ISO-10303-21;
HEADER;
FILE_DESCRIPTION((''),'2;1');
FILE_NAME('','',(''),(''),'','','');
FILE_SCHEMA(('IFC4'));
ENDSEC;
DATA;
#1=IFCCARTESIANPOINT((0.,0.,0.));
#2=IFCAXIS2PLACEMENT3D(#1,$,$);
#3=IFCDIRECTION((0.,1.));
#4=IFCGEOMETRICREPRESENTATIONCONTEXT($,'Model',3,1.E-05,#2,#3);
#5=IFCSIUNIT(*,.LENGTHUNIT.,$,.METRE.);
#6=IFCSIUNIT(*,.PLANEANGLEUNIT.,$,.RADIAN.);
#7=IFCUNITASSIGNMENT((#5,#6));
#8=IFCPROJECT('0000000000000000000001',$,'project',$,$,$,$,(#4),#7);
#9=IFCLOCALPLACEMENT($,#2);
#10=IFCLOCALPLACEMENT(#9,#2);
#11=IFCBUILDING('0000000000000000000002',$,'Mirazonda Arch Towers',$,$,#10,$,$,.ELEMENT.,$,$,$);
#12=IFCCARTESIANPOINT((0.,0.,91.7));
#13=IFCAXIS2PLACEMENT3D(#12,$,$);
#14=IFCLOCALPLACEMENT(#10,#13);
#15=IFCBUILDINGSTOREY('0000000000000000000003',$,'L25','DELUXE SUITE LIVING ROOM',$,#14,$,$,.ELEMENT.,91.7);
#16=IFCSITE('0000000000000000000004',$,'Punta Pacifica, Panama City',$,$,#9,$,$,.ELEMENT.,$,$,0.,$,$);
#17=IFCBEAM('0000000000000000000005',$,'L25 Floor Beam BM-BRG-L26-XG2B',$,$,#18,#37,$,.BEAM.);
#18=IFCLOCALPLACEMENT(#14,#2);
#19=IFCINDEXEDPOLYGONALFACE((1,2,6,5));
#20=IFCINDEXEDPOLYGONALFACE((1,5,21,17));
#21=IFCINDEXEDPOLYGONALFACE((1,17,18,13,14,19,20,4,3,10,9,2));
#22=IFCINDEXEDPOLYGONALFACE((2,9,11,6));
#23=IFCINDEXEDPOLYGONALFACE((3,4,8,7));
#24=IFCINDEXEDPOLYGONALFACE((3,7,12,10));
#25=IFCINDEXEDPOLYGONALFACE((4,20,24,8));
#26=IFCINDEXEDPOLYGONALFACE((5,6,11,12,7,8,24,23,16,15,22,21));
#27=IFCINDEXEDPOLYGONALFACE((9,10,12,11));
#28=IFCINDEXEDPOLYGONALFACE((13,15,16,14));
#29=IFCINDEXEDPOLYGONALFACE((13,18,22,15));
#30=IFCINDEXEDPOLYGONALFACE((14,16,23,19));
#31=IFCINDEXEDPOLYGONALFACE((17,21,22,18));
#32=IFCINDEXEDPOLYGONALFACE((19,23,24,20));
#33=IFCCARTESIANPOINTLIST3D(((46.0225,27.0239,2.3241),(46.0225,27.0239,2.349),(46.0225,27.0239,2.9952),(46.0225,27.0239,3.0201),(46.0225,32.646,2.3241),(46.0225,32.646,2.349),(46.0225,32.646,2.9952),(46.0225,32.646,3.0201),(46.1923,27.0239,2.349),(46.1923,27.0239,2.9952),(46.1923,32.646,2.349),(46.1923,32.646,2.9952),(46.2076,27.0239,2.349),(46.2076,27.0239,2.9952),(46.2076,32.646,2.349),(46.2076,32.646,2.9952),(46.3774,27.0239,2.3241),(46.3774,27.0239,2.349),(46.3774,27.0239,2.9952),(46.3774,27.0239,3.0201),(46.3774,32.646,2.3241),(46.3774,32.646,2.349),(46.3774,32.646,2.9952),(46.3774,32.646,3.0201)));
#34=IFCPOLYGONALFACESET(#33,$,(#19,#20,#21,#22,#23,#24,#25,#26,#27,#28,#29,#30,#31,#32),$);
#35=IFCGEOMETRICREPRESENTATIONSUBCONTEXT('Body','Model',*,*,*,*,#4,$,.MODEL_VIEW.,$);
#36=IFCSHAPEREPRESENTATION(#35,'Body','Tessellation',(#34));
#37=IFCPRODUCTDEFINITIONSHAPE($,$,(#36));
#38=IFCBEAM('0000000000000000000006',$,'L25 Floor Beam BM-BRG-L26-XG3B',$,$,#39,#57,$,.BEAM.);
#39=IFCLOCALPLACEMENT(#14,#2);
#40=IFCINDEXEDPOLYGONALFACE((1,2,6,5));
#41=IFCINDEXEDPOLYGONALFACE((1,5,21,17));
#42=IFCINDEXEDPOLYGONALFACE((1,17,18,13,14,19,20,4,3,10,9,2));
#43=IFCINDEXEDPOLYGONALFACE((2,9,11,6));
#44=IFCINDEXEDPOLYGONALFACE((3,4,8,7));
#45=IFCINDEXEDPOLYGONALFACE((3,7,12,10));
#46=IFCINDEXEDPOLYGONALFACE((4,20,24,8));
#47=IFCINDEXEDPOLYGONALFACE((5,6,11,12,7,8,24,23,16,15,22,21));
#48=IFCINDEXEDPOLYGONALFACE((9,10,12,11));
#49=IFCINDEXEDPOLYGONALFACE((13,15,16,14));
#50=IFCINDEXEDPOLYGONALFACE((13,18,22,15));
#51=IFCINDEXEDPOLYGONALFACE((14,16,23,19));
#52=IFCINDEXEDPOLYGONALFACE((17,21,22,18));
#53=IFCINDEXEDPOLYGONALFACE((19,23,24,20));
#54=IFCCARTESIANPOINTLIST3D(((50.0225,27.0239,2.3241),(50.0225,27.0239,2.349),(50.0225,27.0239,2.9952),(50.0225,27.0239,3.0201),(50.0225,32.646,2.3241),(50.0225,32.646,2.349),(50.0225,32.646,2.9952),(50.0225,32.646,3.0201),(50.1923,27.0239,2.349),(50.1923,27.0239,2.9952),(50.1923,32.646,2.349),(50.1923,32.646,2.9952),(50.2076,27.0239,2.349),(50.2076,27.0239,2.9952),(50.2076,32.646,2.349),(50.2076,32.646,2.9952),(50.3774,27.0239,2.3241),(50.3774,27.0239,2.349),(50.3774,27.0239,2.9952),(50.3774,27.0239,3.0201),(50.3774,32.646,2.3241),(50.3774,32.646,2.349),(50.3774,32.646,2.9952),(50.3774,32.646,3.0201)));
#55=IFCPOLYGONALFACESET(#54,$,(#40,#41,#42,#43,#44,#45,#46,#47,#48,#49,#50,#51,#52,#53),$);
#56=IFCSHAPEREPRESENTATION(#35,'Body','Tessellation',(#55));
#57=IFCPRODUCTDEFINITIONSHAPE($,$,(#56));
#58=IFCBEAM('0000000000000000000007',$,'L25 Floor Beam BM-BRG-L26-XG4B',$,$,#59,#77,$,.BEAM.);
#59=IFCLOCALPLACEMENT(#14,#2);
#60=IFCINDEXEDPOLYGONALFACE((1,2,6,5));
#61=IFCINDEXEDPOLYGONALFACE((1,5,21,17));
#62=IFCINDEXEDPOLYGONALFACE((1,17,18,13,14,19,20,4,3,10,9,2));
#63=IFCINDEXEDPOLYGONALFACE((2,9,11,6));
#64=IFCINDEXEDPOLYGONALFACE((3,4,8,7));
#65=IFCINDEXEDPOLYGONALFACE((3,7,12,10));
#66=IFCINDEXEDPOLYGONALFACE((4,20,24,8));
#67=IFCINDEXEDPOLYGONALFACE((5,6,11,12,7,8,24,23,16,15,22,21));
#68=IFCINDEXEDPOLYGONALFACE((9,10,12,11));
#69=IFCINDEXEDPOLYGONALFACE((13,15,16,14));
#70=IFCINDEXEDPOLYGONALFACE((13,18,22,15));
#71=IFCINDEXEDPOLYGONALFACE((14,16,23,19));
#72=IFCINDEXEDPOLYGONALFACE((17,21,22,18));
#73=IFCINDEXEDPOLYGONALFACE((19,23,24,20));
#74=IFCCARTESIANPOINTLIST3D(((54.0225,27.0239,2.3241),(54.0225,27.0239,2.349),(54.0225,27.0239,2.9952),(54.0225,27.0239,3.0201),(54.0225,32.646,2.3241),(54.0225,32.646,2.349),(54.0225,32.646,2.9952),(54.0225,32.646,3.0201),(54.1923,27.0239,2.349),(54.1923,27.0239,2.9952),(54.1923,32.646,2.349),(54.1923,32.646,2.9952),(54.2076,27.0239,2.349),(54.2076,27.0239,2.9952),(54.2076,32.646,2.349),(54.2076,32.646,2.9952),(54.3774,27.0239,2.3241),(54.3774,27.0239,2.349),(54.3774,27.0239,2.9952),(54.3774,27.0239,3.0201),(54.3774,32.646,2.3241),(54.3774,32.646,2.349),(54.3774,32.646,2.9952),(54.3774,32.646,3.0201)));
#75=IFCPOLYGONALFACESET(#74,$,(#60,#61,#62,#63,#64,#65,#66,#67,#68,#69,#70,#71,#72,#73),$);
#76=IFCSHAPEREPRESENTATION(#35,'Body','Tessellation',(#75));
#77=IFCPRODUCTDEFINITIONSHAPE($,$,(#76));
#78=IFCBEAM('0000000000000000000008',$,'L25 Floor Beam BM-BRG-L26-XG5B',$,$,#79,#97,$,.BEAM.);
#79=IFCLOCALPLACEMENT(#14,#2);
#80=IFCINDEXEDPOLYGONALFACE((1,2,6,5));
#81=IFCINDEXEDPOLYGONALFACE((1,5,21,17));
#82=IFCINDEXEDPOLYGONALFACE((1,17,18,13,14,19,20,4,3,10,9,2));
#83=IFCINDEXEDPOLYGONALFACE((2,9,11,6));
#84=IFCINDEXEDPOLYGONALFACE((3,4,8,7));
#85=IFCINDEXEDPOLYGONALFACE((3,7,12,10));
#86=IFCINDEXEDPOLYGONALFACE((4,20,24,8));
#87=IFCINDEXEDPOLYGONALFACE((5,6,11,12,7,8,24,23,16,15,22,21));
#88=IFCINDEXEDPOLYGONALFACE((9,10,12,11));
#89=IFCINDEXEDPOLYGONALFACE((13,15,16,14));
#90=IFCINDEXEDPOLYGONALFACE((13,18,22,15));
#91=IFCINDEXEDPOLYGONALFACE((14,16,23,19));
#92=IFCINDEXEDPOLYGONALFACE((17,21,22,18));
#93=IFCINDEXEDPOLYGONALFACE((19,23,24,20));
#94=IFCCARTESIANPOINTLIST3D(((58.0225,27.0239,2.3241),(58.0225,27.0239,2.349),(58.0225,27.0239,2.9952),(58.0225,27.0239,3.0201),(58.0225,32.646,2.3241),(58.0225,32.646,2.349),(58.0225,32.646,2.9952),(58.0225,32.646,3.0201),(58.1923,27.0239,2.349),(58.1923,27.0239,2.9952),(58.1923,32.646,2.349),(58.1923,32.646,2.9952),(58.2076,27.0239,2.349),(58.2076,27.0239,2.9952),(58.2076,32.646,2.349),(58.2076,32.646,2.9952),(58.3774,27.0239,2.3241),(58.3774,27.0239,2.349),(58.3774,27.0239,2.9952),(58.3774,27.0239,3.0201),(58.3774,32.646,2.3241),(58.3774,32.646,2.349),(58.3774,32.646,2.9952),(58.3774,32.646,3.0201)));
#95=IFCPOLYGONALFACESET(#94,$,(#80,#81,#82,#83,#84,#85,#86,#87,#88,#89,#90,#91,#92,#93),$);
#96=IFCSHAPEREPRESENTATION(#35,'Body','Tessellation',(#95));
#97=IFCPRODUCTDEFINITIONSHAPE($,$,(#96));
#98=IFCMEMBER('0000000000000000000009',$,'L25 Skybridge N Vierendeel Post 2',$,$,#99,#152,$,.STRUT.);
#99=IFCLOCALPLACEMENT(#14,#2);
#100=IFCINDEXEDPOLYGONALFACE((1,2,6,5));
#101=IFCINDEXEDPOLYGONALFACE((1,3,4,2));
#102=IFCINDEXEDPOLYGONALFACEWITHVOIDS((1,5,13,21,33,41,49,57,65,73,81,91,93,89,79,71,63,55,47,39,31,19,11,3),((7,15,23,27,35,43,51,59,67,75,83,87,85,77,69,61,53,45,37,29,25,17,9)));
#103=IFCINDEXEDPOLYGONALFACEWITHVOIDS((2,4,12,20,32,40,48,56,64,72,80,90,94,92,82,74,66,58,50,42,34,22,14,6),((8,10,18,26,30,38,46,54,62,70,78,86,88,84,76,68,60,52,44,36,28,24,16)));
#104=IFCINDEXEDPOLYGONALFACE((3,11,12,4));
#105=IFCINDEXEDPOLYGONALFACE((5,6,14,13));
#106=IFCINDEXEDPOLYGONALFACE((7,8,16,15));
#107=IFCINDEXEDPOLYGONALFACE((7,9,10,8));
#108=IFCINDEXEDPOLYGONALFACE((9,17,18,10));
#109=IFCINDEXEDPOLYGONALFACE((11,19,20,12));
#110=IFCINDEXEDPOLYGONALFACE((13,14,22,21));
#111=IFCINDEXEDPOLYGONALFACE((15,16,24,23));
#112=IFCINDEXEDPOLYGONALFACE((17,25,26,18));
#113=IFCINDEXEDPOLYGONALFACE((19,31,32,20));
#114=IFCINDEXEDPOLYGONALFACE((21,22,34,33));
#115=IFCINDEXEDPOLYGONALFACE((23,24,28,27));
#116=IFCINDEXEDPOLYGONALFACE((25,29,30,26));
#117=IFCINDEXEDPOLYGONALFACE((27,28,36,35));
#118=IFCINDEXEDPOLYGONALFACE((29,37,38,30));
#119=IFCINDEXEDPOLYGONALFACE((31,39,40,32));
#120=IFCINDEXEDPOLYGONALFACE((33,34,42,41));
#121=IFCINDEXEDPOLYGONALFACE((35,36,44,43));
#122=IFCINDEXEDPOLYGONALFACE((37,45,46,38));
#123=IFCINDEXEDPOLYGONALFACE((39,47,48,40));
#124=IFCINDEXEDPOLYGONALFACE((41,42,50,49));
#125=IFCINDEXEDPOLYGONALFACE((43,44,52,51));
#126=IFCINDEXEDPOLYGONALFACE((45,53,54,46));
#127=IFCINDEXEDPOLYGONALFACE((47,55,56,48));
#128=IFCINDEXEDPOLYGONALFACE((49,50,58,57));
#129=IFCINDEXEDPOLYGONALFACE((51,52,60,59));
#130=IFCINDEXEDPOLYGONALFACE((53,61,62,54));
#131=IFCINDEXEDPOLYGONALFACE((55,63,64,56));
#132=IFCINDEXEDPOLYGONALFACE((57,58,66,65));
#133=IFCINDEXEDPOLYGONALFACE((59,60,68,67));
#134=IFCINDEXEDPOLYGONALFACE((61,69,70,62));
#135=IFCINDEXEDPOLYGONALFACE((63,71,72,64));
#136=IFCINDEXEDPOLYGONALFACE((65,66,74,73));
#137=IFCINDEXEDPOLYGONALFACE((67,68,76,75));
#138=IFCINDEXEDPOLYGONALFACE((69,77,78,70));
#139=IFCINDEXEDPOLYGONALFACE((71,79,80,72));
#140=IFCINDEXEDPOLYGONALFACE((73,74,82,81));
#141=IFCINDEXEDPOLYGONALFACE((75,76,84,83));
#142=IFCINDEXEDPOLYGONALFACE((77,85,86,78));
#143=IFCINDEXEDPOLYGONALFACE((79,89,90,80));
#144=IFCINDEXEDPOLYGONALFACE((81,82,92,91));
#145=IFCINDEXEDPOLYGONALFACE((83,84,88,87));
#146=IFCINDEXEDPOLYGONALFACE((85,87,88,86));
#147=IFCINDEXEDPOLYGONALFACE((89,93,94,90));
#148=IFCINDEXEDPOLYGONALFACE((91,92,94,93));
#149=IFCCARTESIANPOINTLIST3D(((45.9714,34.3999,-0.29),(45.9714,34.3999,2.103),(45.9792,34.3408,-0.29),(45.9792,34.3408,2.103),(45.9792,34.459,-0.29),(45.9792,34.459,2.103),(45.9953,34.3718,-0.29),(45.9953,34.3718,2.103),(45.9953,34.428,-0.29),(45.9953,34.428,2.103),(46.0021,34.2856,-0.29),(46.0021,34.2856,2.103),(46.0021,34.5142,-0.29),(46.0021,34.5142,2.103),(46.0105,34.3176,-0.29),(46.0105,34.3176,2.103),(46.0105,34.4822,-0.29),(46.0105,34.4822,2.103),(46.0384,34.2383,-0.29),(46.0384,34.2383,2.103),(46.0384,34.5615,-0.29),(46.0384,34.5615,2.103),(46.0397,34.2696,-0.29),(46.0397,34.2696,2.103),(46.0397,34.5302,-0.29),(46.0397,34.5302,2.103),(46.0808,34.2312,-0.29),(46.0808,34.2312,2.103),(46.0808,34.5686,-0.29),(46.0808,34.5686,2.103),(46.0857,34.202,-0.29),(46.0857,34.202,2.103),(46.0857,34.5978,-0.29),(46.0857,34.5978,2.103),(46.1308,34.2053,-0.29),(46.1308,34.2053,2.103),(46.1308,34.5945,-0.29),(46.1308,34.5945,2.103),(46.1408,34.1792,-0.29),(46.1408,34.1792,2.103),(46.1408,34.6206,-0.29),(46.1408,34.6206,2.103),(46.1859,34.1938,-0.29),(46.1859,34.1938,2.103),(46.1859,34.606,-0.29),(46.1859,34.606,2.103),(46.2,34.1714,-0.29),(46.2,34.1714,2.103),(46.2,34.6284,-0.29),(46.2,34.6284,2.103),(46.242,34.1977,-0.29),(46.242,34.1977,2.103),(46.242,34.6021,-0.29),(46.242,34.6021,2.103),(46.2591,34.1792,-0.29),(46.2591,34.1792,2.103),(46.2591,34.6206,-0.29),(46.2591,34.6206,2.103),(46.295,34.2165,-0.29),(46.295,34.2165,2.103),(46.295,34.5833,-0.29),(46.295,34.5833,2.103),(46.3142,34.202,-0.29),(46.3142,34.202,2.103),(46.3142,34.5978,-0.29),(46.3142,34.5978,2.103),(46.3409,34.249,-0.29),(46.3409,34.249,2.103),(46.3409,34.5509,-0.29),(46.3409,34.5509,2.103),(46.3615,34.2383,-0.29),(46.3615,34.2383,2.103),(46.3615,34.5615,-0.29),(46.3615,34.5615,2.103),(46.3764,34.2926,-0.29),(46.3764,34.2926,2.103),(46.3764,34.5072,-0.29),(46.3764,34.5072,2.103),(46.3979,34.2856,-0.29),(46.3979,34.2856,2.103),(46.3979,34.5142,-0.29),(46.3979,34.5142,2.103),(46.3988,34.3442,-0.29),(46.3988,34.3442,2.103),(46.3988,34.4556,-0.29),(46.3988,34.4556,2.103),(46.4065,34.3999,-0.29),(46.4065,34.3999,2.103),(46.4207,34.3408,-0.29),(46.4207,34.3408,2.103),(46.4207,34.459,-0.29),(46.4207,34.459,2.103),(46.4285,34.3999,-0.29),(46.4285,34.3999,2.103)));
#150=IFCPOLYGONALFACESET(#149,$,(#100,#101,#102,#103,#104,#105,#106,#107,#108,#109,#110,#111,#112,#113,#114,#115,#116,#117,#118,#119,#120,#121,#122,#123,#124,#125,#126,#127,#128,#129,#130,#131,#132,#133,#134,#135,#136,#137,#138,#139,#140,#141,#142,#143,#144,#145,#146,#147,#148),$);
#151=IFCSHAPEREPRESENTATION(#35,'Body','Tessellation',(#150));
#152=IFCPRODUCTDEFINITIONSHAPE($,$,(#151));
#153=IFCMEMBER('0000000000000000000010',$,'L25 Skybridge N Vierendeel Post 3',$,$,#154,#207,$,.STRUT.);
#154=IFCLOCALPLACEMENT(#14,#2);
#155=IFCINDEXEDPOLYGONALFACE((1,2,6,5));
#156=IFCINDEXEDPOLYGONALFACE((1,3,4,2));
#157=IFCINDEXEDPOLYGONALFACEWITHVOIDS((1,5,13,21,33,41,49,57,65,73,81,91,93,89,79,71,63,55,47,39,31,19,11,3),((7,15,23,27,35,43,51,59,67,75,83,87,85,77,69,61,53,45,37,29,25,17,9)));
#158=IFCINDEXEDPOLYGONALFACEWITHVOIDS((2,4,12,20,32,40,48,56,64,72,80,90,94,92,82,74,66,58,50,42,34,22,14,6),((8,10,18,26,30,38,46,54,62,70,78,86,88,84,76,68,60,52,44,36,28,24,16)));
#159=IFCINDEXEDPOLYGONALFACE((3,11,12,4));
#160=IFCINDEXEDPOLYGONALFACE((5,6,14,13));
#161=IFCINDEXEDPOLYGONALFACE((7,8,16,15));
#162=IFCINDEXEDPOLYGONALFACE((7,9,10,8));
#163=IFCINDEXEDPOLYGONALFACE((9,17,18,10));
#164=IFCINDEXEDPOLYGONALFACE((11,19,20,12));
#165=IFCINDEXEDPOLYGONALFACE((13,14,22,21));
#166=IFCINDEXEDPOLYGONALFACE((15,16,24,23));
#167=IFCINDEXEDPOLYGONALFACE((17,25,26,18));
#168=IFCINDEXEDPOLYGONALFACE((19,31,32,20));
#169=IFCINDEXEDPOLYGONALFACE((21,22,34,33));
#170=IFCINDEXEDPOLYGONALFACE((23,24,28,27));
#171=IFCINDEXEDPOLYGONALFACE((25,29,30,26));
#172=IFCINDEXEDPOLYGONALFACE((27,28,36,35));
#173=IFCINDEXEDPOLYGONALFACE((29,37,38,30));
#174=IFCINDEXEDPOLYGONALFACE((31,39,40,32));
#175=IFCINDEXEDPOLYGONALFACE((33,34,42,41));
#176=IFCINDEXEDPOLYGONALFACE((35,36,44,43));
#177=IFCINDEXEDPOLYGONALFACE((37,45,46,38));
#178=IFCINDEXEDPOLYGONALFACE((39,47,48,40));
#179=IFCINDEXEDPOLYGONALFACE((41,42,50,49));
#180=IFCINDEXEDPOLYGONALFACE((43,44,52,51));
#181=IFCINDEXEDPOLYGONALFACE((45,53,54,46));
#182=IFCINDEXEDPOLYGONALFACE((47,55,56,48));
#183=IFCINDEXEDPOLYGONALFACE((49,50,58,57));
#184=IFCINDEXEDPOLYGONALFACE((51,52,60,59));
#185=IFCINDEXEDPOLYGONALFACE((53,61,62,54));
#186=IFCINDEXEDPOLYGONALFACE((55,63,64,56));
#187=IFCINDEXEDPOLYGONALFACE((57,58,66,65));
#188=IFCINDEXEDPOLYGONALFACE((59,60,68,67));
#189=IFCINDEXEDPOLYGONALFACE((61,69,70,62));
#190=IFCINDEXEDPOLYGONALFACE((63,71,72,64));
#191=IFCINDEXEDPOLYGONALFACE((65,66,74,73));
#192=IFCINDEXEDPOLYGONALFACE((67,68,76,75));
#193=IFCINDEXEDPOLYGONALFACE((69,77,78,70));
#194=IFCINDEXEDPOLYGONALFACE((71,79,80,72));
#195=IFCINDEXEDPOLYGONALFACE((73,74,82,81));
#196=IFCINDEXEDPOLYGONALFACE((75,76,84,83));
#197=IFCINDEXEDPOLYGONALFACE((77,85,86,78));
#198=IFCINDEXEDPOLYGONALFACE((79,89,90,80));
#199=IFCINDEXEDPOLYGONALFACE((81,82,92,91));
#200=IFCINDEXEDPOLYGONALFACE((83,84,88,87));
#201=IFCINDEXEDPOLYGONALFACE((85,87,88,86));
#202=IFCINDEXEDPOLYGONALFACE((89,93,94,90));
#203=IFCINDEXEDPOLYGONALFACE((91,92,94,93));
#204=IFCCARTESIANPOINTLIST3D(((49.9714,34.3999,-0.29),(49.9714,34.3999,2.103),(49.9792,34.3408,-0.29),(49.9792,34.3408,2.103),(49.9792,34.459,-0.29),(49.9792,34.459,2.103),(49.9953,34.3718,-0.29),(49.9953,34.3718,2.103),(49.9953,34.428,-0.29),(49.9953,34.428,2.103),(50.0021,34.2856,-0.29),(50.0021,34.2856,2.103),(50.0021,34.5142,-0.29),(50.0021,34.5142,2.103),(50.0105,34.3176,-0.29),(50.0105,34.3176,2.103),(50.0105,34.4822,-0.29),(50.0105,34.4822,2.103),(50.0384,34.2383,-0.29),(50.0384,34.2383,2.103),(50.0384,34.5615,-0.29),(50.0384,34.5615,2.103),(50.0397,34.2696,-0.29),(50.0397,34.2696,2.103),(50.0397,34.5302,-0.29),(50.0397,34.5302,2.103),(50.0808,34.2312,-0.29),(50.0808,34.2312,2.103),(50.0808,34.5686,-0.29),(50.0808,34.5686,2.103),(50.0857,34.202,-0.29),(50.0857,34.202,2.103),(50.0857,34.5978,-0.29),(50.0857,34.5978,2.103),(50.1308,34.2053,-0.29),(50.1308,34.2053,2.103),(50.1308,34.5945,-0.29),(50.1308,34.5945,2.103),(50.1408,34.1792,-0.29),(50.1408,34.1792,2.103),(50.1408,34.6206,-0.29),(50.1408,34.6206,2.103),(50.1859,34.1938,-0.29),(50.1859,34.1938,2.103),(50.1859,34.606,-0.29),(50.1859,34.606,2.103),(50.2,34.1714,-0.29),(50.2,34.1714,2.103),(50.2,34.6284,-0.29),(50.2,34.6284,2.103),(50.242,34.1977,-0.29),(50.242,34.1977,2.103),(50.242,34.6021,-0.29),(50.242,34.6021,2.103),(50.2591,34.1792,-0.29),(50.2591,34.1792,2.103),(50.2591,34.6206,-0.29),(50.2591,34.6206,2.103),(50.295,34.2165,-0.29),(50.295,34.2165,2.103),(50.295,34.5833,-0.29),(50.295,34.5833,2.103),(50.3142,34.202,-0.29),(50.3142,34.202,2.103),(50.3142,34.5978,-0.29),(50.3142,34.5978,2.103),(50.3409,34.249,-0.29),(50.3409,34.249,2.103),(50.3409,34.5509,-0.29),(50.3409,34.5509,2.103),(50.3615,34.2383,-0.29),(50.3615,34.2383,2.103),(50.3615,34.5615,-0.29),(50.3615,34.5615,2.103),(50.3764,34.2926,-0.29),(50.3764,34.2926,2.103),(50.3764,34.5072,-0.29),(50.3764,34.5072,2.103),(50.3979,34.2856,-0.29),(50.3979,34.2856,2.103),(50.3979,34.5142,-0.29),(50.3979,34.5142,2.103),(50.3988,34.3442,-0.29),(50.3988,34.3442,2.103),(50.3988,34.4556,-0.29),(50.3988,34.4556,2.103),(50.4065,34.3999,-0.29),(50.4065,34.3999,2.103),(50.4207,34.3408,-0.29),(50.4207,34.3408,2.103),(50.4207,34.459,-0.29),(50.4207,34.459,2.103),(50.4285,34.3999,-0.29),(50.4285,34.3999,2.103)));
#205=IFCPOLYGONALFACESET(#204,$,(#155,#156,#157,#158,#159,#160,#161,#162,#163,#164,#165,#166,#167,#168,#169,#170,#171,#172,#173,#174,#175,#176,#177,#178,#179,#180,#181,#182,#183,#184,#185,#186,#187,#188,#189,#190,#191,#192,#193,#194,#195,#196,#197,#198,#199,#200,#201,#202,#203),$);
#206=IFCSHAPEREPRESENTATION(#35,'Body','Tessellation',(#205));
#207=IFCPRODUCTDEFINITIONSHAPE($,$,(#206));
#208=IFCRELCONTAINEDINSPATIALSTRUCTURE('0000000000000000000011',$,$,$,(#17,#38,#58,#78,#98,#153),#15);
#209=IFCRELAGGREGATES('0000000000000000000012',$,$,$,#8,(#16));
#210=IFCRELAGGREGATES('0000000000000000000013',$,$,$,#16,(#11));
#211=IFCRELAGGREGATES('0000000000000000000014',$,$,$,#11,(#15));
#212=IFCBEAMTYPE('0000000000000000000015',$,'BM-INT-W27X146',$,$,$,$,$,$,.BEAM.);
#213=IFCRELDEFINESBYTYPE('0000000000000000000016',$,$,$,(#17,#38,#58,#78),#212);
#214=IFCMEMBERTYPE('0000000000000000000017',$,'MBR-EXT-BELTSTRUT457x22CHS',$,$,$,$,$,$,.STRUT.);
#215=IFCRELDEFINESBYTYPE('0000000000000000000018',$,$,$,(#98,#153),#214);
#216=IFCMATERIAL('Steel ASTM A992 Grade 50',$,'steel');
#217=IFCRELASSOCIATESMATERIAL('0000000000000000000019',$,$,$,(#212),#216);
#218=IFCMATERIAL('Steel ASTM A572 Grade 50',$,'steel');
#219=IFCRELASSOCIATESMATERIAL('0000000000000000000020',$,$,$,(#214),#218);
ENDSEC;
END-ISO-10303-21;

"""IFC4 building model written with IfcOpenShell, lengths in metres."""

from ifc_helpers import new_model, si_unit, direction, frame, origin, origin_2d, place, context, subcontext, project, spatial, hollow_circle, i_section, extrude, material, material_profile, profile_set, type_object, element, save


model = new_model("IFC4")

# Units and contexts
model_context = context("Model", 3, precision=1e-05, world=origin(), true_north=direction((0.0, 1.0)))
body_context = subcontext(model_context, "Body", "Model", "MODEL_VIEW")
ifc_project = project(units=[si_unit("LENGTHUNIT", "METRE"), si_unit("PLANEANGLEUNIT", "RADIAN")], contexts=[model_context])

# Site, building, storey
site_placement = place(None, origin())
site = spatial("IfcSite", under=ifc_project, at=site_placement, Name="Punta Pacifica, Panama City", CompositionType="ELEMENT", RefElevation=0.0)
building_placement = place(site_placement, origin())
building = spatial("IfcBuilding", under=site, at=building_placement, Name="Mirazonda Arch Towers", CompositionType="ELEMENT")
storey_placement = place(building_placement, frame((0.0, 0.0, 91.7)))
storey = spatial("IfcBuildingStorey", under=building, at=storey_placement, Name="L25", Description="DELUXE SUITE LIVING ROOM", CompositionType="ELEMENT", Elevation=91.7)

# Beams
ifc_material_1 = material(Name="Steel ASTM A992 Grade 50", Category="steel")
ifc_material_profile_1 = material_profile(ifc_material_1, i_section(OverallWidth=0.355, OverallDepth=0.696, WebThickness=0.0154, FlangeThickness=0.0249, at=origin_2d()), Name="W27X146")
ifc_profile_set_1 = profile_set([ifc_material_profile_1], Name="Steel ASTM A992 Grade 50")
beam_type = type_object("IfcBeamType", Name="BM-INT-W27X146", PredefinedType="BEAM", material=ifc_profile_set_1)
for number, where, z_axis, x_axis, name in (
    (1, (46.2, 27.0239, 2.6721), (0.0, 1.0, 0.0), (-1.0, 0.0, 0.0), "L25 Floor Beam BM-BRG-L26-XG2B"),
    (2, (50.2, 27.0239, 2.6721), (0.0, 1.0, 0.0), (-1.0, 0.0, 0.0), "L25 Floor Beam BM-BRG-L26-XG3B"),
    (3, (54.2, 27.0239, 2.6721), (0.0, 1.0, 0.0), (-1.0, 0.0, 0.0), "L25 Floor Beam BM-BRG-L26-XG4B"),
    (4, (58.2, 27.0239, 2.6721), (0.0, 1.0, 0.0), (-1.0, 0.0, 0.0), "L25 Floor Beam BM-BRG-L26-XG5B"),
):
    element("IfcBeam", number, at=place(storey_placement, frame(where, z_axis=z_axis, x_axis=x_axis)), inside=storey, type_object=beam_type, Name=name, PredefinedType="BEAM", context=body_context, shape_type="SweptSolid", body=[
        extrude(i_section(OverallWidth=0.355, OverallDepth=0.696, WebThickness=0.0154, FlangeThickness=0.0249, at=origin_2d()), origin(), (0.0, 0.0, 1.0), 5.6221),
    ])

# Members
ifc_material_2 = material(Name="Steel ASTM A572 Grade 50", Category="steel")
ifc_material_profile_2 = material_profile(ifc_material_2, hollow_circle(Radius=0.2285, WallThickness=0.022, at=origin_2d()), Name="BELTSTRUT457x22CHS")
ifc_profile_set_2 = profile_set([ifc_material_profile_2], Name="Steel ASTM A572 Grade 50")
member_type_1 = type_object("IfcMemberType", Name="MBR-EXT-BELTSTRUT457x22CHS", PredefinedType="STRUT", material=ifc_profile_set_2)
for number, where, z_axis, x_axis, name in (
    (5, (46.2, 34.3999, -0.29), (0.0, 0.0, 1.0), (1.0, 0.0, 0.0), "L25 Skybridge N Vierendeel Post 2"),
    (6, (50.2, 34.3999, -0.29), (0.0, 0.0, 1.0), (1.0, 0.0, 0.0), "L25 Skybridge N Vierendeel Post 3"),
):
    element("IfcMember", number, at=place(storey_placement, frame(where, z_axis=z_axis, x_axis=x_axis)), inside=storey, type_object=member_type_1, Name=name, PredefinedType="STRUT", context=body_context, shape_type="SweptSolid", body=[
        extrude(hollow_circle(Radius=0.2285, WallThickness=0.022, at=origin_2d()), origin(), (0.0, 0.0, 1.0), 2.3931),
    ])

save(model, "model.ifc")
